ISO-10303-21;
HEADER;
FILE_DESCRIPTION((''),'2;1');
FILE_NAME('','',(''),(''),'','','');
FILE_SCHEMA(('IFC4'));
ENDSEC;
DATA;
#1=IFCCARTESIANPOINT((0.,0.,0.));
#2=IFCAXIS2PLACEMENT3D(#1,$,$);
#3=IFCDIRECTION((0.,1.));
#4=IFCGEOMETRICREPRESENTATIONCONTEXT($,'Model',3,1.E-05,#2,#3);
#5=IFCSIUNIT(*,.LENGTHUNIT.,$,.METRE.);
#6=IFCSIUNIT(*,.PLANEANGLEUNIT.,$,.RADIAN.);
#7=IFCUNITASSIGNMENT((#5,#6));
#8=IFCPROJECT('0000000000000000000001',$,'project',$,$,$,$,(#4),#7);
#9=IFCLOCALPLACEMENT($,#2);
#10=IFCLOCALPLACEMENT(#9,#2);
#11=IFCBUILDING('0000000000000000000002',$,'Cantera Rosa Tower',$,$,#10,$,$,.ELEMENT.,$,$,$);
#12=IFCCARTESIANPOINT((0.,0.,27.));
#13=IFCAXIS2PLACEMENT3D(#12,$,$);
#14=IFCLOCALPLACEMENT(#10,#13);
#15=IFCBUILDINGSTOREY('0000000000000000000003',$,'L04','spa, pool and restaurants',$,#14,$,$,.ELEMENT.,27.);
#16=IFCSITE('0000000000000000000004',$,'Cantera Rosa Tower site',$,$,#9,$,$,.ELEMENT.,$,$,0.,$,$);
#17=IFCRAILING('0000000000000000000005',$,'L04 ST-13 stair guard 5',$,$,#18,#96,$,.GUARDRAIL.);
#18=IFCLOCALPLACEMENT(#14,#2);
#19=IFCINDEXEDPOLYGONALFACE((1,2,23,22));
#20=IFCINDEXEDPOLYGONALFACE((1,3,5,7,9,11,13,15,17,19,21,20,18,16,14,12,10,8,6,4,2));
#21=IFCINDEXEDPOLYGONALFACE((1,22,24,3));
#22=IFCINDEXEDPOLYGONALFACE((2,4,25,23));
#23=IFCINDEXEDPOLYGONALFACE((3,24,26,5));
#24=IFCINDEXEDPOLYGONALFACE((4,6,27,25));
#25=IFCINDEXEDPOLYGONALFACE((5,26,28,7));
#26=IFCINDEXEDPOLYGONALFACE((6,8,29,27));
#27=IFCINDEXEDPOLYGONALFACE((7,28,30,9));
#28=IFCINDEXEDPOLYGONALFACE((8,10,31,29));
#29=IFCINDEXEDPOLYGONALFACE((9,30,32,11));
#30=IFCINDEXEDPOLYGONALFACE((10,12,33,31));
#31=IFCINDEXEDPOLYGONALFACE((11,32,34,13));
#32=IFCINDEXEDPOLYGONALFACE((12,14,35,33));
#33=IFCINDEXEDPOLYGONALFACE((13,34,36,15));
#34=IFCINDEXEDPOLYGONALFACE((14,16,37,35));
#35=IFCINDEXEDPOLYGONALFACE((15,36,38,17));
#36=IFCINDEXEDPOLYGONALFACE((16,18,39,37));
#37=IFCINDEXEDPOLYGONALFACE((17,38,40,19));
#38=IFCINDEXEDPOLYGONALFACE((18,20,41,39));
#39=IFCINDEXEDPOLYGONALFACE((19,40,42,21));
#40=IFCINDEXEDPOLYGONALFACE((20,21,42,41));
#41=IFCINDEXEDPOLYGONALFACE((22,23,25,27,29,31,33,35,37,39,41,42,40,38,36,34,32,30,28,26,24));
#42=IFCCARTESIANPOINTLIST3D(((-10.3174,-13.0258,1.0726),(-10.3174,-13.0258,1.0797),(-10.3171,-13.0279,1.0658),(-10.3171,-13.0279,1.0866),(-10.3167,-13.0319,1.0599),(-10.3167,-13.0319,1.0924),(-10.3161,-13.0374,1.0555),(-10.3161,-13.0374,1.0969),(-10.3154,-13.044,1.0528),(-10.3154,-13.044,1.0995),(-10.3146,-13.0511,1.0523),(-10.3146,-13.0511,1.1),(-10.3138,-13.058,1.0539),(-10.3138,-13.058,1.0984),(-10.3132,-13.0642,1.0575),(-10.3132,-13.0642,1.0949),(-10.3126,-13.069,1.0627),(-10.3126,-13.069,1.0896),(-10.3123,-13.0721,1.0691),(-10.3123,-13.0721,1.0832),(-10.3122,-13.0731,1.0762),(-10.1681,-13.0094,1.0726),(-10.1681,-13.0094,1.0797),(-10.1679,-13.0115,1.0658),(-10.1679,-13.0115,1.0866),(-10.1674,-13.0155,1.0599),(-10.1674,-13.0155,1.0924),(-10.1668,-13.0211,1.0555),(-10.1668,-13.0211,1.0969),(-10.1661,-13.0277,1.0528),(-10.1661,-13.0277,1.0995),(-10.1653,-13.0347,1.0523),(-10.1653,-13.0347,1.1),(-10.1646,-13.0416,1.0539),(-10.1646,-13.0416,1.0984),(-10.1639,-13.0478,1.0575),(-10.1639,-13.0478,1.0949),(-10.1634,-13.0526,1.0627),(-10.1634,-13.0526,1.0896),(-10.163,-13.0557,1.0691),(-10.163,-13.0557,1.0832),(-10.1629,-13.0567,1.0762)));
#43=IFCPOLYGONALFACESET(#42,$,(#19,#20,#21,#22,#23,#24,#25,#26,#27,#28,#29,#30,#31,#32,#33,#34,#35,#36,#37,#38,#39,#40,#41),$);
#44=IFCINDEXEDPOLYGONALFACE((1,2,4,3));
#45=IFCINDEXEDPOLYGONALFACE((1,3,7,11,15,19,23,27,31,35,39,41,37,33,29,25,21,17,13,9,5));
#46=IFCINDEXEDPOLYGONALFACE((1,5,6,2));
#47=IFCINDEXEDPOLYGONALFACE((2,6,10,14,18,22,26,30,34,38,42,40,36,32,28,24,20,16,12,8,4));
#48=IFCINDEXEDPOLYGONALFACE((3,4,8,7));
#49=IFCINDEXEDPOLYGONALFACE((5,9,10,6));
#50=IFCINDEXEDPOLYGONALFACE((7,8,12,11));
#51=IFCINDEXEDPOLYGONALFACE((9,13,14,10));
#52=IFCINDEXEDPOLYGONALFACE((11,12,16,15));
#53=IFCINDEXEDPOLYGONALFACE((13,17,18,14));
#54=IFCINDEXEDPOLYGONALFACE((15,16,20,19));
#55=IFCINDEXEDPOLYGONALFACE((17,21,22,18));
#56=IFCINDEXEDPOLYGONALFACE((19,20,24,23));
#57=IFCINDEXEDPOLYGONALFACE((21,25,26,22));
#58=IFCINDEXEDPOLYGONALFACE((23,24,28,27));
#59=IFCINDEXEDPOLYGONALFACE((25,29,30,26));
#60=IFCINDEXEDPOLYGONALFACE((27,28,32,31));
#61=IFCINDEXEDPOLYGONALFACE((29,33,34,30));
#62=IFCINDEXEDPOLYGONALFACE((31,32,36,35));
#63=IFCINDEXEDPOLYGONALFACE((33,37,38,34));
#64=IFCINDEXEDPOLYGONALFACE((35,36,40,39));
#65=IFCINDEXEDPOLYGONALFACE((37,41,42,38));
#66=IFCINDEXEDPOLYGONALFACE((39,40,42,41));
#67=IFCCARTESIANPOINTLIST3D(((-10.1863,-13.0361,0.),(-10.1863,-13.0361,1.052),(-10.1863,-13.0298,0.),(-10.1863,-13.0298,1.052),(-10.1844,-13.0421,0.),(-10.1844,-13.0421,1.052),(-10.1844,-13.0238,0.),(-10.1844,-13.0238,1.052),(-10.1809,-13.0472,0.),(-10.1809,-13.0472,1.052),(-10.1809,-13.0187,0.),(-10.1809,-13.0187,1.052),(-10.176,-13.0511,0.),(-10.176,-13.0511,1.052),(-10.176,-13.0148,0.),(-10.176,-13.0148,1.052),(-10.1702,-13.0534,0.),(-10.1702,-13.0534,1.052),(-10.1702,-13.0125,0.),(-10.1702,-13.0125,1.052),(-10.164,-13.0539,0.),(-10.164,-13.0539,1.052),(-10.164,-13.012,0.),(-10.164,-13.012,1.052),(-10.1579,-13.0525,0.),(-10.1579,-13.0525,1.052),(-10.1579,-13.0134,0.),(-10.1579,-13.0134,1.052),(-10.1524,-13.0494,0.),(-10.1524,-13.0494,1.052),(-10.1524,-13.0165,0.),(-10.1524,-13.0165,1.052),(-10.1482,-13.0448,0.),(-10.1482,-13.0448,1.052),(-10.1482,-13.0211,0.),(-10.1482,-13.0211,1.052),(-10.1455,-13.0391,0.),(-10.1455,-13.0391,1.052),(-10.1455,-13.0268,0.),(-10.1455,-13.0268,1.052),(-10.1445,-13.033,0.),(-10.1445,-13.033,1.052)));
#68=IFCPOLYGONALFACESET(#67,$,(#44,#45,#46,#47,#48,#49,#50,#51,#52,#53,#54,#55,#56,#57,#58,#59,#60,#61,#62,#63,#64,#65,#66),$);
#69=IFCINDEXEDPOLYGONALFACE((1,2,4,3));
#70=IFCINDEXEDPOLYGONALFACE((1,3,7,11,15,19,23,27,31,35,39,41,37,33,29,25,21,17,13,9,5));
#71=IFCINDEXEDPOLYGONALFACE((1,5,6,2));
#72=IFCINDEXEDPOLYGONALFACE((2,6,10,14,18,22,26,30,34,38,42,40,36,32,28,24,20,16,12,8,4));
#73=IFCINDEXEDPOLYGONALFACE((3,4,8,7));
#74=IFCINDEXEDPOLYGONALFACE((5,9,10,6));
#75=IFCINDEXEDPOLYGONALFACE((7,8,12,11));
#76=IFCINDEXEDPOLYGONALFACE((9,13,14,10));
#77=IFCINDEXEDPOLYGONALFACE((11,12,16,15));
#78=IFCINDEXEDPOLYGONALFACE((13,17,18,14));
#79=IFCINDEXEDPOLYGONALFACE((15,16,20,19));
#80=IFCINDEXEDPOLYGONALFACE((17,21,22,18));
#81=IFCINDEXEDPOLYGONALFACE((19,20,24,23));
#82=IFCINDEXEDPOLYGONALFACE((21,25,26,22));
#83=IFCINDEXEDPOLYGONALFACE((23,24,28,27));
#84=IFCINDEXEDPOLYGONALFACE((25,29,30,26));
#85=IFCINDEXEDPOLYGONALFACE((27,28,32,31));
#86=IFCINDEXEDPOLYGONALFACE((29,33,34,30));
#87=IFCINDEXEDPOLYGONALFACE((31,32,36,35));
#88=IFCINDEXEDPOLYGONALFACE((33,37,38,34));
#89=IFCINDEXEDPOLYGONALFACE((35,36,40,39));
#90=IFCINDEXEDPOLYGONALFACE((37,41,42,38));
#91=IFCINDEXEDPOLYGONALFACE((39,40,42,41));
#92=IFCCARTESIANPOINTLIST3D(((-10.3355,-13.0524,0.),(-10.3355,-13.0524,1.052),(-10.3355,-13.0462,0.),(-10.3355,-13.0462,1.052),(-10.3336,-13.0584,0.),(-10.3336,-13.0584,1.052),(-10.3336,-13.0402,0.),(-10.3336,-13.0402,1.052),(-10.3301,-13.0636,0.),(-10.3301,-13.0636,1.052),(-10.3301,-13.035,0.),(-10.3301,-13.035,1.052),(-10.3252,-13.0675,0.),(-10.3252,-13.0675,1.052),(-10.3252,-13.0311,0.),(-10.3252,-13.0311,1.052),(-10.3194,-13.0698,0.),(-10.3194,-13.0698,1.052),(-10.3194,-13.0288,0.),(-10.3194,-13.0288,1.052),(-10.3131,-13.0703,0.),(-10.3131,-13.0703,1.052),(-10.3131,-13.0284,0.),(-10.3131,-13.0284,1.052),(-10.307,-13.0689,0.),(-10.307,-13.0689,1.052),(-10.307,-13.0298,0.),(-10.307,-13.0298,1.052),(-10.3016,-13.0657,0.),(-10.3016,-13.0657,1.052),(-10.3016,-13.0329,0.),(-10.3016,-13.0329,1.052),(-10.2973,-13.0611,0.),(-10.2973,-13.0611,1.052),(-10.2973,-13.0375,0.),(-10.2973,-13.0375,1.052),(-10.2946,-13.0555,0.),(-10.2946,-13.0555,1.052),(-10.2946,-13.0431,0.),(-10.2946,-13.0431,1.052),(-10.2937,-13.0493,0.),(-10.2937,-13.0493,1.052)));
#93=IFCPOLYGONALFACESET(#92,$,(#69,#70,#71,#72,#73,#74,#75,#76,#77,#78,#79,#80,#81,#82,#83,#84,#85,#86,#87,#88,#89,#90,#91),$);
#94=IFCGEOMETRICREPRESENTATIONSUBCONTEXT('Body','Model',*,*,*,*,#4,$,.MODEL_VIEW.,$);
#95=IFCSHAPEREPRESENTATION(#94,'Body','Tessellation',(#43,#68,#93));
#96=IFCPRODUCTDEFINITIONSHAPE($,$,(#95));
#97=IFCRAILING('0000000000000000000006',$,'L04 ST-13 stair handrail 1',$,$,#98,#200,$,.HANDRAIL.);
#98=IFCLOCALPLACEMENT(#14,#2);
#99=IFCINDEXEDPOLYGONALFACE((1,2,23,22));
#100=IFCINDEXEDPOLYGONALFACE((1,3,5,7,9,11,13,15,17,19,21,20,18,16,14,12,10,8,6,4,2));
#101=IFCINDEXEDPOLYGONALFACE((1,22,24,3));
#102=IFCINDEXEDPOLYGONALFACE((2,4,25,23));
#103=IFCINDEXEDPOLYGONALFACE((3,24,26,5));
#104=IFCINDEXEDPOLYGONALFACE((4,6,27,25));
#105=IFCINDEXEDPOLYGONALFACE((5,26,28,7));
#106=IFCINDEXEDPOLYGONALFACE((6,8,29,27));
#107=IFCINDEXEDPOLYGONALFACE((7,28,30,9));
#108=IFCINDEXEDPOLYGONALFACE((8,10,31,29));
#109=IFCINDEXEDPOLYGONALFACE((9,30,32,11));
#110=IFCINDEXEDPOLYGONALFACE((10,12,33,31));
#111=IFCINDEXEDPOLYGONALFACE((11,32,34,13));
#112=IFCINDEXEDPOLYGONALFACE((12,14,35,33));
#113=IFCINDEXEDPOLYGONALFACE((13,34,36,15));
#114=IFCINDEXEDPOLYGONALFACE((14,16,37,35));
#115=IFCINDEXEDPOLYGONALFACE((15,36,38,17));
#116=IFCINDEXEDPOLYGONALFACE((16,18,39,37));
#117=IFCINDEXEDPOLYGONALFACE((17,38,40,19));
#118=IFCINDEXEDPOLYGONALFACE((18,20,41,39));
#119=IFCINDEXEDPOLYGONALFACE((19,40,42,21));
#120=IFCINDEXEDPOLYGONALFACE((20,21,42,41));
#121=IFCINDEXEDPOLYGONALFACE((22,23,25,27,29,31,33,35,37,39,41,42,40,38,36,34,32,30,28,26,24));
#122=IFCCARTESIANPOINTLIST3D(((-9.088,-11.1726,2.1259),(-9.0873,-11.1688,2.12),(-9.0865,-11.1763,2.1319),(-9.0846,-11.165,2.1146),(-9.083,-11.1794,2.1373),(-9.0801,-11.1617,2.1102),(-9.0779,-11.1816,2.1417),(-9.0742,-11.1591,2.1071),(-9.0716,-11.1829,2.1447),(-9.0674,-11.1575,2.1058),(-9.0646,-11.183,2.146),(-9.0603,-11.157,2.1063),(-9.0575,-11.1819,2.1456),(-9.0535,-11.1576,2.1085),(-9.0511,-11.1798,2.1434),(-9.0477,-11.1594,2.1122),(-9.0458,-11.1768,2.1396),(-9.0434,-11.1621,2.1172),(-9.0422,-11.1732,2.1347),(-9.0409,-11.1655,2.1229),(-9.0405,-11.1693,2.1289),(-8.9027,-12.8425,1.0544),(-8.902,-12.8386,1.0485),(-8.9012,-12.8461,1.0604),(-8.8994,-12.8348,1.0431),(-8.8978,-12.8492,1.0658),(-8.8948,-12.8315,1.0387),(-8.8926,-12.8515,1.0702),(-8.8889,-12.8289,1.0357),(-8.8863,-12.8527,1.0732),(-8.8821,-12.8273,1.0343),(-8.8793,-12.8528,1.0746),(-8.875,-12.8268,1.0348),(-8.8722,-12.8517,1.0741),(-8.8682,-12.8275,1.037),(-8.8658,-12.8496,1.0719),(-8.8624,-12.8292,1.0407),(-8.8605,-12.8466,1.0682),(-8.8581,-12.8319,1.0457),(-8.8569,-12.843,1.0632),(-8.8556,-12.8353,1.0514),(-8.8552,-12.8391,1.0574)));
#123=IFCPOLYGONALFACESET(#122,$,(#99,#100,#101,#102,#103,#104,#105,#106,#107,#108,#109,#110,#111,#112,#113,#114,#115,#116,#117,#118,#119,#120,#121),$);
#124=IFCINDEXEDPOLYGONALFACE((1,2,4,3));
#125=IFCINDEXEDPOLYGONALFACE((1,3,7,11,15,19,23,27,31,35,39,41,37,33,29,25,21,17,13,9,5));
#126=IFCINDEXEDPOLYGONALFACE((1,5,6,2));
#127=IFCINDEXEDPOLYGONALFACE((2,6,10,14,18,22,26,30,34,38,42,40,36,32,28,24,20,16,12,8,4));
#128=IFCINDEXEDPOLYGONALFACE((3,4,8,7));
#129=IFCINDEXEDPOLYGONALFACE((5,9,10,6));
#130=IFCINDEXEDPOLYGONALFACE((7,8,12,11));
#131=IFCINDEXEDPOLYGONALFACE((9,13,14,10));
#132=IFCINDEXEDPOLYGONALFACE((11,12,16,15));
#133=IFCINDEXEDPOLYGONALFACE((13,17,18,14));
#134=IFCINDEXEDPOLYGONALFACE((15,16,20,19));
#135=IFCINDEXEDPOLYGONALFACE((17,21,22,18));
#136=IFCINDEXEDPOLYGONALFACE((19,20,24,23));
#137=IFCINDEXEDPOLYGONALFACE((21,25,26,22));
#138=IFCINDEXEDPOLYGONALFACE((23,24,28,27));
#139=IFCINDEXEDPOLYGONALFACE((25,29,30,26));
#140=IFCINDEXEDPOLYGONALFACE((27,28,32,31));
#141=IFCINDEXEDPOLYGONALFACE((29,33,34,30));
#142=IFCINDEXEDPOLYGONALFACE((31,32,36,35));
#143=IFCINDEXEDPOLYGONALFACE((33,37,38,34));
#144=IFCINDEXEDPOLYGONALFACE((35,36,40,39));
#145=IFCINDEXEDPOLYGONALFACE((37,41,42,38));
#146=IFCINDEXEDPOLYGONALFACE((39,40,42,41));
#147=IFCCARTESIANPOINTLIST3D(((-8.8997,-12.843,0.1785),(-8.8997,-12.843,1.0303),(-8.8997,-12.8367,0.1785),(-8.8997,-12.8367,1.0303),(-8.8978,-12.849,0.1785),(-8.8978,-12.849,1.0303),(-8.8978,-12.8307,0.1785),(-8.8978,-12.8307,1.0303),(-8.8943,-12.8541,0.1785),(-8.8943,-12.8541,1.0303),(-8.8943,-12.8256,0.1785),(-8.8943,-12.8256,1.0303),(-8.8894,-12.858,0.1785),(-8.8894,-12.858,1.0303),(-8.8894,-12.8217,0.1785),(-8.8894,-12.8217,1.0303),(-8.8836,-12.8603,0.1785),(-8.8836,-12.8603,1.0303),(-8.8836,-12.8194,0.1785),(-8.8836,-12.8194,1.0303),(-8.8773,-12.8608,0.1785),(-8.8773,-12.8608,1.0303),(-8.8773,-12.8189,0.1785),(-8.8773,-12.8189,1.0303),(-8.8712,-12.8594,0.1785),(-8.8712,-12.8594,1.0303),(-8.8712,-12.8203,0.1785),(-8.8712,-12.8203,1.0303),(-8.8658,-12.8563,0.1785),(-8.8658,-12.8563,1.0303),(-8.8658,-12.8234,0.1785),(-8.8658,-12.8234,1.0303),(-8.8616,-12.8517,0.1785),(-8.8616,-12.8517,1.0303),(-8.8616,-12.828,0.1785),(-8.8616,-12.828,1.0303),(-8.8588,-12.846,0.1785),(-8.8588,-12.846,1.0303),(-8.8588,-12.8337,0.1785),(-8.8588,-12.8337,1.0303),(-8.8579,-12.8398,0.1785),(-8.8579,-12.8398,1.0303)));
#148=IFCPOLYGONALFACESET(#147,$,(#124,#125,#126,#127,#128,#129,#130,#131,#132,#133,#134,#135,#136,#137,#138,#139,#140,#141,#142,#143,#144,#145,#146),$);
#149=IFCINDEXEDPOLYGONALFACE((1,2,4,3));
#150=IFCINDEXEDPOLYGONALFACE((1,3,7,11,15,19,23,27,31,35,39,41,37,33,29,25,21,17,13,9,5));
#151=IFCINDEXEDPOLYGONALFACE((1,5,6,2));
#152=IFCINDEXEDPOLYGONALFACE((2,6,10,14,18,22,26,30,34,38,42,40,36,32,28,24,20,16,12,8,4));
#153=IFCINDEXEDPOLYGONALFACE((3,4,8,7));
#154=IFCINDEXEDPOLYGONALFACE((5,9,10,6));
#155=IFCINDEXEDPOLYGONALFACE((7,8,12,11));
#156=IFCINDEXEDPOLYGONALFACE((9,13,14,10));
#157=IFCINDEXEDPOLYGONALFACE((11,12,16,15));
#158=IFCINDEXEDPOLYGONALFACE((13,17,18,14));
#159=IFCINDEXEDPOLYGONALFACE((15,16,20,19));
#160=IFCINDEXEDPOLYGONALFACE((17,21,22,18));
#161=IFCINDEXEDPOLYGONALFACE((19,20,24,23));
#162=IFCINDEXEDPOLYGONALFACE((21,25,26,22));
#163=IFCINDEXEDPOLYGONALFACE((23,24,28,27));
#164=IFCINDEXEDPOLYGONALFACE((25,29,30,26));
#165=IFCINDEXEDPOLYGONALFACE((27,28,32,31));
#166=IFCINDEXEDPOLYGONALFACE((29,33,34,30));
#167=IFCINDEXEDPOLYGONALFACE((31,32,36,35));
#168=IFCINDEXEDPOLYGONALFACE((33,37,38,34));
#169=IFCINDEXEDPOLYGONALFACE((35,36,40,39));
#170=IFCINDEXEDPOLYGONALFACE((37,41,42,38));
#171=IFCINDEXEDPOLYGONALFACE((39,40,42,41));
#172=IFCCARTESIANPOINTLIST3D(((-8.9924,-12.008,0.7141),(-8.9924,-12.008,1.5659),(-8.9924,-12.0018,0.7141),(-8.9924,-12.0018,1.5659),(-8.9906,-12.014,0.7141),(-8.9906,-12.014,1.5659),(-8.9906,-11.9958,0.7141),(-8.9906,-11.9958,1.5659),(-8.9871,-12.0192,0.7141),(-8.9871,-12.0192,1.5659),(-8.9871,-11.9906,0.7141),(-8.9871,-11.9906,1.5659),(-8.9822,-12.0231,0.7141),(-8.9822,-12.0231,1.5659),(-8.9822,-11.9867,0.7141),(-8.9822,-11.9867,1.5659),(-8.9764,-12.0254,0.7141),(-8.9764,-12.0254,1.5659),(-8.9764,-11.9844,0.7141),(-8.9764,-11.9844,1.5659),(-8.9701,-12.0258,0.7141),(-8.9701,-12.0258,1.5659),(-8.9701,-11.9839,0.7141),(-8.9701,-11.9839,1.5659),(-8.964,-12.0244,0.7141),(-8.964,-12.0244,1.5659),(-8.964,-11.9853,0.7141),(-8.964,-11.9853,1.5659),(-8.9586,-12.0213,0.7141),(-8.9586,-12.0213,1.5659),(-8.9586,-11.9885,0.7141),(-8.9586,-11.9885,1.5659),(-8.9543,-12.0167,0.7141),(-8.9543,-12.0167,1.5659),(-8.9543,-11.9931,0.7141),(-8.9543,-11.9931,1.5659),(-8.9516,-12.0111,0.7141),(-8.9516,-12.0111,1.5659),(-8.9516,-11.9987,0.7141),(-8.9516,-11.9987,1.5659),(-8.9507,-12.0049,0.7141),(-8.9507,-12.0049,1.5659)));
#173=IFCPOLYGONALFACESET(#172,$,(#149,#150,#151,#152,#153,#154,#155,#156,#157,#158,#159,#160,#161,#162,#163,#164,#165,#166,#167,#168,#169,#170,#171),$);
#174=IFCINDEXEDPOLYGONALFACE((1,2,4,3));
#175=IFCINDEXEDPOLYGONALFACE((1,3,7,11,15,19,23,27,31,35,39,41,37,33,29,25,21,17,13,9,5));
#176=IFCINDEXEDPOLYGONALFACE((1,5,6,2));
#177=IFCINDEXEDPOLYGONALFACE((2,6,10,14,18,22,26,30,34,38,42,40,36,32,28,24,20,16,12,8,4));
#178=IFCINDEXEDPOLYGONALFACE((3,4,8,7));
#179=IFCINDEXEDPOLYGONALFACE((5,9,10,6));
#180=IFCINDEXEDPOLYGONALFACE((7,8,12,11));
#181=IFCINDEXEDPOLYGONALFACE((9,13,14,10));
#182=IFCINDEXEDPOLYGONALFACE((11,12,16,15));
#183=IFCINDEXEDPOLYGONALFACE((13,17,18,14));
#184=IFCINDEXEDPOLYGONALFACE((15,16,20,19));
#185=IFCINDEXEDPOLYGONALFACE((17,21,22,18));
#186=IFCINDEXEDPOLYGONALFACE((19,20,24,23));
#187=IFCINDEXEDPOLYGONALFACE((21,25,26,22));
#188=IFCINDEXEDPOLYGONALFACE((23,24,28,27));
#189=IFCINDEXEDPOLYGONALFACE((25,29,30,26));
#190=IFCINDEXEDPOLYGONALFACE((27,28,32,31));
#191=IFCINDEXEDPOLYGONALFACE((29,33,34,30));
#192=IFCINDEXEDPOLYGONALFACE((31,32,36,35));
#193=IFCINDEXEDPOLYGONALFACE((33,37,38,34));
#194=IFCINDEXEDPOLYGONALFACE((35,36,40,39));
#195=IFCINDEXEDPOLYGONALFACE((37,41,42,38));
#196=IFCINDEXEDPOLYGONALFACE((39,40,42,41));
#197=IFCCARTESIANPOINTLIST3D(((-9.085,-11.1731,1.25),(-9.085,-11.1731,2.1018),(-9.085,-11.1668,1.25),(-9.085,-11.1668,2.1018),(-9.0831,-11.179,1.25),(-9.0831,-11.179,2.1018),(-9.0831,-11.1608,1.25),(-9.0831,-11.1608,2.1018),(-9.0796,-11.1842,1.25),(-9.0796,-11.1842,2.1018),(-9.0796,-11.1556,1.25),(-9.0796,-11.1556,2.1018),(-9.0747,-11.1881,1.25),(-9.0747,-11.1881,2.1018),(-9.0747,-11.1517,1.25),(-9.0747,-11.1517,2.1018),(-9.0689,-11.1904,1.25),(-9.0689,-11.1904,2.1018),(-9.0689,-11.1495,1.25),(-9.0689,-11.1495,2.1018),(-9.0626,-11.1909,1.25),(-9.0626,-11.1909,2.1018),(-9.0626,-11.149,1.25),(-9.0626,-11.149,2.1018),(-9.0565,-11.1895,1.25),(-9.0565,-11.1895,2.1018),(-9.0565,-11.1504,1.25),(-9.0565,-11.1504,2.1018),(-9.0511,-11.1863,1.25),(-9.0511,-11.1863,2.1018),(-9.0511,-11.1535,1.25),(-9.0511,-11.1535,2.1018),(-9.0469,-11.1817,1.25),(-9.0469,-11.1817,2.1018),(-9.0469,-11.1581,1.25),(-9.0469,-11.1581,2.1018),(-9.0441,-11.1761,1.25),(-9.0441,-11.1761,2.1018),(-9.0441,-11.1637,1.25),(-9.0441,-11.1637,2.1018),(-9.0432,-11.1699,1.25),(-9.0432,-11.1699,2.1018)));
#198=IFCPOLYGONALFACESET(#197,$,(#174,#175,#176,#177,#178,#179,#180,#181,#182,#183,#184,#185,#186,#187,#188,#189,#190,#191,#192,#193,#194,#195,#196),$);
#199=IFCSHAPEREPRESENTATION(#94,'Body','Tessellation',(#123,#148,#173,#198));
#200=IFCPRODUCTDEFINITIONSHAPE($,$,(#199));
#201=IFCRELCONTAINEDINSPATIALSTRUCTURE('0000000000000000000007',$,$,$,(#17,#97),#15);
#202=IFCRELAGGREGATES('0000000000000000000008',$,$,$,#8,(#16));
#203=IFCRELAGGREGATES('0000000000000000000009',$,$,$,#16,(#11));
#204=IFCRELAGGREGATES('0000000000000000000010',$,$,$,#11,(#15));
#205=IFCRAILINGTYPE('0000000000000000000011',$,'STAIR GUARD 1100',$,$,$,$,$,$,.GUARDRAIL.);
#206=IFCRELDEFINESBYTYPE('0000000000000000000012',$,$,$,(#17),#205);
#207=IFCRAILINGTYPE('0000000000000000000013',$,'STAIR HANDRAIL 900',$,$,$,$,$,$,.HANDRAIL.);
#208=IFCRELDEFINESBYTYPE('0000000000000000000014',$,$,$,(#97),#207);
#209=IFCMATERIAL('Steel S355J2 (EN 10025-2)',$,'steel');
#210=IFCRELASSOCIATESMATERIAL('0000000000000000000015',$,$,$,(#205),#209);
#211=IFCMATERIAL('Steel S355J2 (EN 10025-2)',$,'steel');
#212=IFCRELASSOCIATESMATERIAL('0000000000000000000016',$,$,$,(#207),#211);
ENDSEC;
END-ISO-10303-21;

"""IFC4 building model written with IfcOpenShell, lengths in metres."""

from ifc_helpers import new_model, si_unit, direction, frame, origin, origin_2d, place, context, subcontext, project, spatial, circle, extrude, material, type_object, element, save


model = new_model("IFC4")

# Units and contexts
model_context = context("Model", 3, precision=1e-05, world=origin(), true_north=direction((0.0, 1.0)))
body_context = subcontext(model_context, "Body", "Model", "MODEL_VIEW")
ifc_project = project(units=[si_unit("LENGTHUNIT", "METRE"), si_unit("PLANEANGLEUNIT", "RADIAN")], contexts=[model_context])

# Site, building, storey
site_placement = place(None, origin())
site = spatial("IfcSite", under=ifc_project, at=site_placement, Name="Cantera Rosa Tower site", CompositionType="ELEMENT", RefElevation=0.0)
building_placement = place(site_placement, origin())
building = spatial("IfcBuilding", under=site, at=building_placement, Name="Cantera Rosa Tower", CompositionType="ELEMENT")
storey_placement = place(building_placement, frame((0.0, 0.0, 27.0)))
storey = spatial("IfcBuildingStorey", under=building, at=storey_placement, Name="L04", Description="spa, pool and restaurants", CompositionType="ELEMENT", Elevation=27.0)

# Railings
ifc_material_1 = material(Name="Steel S355J2 (EN 10025-2)", Category="steel")
railing_type_1 = type_object("IfcRailingType", Name="STAIR GUARD 1100", PredefinedType="GUARDRAIL", material=ifc_material_1)
railing_1_placement = place(storey_placement, frame((-10.1655, -13.033, 0.0)))
element("IfcRailing", 1, at=railing_1_placement, inside=storey, type_object=railing_type_1, Name="L04 ST-13 stair guard 5", PredefinedType="GUARDRAIL", context=body_context, shape_type="SweptSolid", body=[
    extrude(circle(Radius=0.0239, at=origin_2d()), frame((0.0, 0.0, 1.0762), z_axis=(-0.994041, -0.109003, 0.0), x_axis=(0.109003, -0.994041, 0.0)), (0.0, 0.0, 1.0), 0.1501),
    extrude(circle(Radius=0.021, at=origin_2d()), origin(), (0.0, 0.0, 1.0), 1.052),
    extrude(circle(Radius=0.021, at=origin_2d()), frame((-0.1492, -0.0164, 0.0)), (0.0, 0.0, 1.0), 1.052),
])
ifc_material_2 = material(Name="Steel S355J2 (EN 10025-2)", Category="steel")
railing_type_2 = type_object("IfcRailingType", Name="STAIR HANDRAIL 900", PredefinedType="HANDRAIL", material=ifc_material_2)
railing_2_placement = place(storey_placement, frame((-8.8789, -12.8398, 0.1785)))
element("IfcRailing", 2, at=railing_2_placement, inside=storey, type_object=railing_type_2, Name="L04 ST-13 stair handrail 1", PredefinedType="HANDRAIL", context=body_context, shape_type="SweptSolid", body=[
    extrude(circle(Radius=0.0239, at=origin_2d()), frame((0.0, 0.0, 0.876), z_axis=(-0.092987, 0.837987, 0.537709), x_axis=(-0.9939, -0.110288, 0.0)), (0.0, 0.0, 1.0), 1.9927),
    extrude(circle(Radius=0.021, at=origin_2d()), origin(), (0.0, 0.0, 1.0), 0.8518),
    extrude(circle(Radius=0.021, at=origin_2d()), frame((-0.0928, 0.835, 0.5356)), (0.0, 0.0, 1.0), 0.8518),
    extrude(circle(Radius=0.021, at=origin_2d()), frame((-0.1853, 1.6699, 1.0715)), (0.0, 0.0, 1.0), 0.8518),
])

save(model, "model.ifc")
